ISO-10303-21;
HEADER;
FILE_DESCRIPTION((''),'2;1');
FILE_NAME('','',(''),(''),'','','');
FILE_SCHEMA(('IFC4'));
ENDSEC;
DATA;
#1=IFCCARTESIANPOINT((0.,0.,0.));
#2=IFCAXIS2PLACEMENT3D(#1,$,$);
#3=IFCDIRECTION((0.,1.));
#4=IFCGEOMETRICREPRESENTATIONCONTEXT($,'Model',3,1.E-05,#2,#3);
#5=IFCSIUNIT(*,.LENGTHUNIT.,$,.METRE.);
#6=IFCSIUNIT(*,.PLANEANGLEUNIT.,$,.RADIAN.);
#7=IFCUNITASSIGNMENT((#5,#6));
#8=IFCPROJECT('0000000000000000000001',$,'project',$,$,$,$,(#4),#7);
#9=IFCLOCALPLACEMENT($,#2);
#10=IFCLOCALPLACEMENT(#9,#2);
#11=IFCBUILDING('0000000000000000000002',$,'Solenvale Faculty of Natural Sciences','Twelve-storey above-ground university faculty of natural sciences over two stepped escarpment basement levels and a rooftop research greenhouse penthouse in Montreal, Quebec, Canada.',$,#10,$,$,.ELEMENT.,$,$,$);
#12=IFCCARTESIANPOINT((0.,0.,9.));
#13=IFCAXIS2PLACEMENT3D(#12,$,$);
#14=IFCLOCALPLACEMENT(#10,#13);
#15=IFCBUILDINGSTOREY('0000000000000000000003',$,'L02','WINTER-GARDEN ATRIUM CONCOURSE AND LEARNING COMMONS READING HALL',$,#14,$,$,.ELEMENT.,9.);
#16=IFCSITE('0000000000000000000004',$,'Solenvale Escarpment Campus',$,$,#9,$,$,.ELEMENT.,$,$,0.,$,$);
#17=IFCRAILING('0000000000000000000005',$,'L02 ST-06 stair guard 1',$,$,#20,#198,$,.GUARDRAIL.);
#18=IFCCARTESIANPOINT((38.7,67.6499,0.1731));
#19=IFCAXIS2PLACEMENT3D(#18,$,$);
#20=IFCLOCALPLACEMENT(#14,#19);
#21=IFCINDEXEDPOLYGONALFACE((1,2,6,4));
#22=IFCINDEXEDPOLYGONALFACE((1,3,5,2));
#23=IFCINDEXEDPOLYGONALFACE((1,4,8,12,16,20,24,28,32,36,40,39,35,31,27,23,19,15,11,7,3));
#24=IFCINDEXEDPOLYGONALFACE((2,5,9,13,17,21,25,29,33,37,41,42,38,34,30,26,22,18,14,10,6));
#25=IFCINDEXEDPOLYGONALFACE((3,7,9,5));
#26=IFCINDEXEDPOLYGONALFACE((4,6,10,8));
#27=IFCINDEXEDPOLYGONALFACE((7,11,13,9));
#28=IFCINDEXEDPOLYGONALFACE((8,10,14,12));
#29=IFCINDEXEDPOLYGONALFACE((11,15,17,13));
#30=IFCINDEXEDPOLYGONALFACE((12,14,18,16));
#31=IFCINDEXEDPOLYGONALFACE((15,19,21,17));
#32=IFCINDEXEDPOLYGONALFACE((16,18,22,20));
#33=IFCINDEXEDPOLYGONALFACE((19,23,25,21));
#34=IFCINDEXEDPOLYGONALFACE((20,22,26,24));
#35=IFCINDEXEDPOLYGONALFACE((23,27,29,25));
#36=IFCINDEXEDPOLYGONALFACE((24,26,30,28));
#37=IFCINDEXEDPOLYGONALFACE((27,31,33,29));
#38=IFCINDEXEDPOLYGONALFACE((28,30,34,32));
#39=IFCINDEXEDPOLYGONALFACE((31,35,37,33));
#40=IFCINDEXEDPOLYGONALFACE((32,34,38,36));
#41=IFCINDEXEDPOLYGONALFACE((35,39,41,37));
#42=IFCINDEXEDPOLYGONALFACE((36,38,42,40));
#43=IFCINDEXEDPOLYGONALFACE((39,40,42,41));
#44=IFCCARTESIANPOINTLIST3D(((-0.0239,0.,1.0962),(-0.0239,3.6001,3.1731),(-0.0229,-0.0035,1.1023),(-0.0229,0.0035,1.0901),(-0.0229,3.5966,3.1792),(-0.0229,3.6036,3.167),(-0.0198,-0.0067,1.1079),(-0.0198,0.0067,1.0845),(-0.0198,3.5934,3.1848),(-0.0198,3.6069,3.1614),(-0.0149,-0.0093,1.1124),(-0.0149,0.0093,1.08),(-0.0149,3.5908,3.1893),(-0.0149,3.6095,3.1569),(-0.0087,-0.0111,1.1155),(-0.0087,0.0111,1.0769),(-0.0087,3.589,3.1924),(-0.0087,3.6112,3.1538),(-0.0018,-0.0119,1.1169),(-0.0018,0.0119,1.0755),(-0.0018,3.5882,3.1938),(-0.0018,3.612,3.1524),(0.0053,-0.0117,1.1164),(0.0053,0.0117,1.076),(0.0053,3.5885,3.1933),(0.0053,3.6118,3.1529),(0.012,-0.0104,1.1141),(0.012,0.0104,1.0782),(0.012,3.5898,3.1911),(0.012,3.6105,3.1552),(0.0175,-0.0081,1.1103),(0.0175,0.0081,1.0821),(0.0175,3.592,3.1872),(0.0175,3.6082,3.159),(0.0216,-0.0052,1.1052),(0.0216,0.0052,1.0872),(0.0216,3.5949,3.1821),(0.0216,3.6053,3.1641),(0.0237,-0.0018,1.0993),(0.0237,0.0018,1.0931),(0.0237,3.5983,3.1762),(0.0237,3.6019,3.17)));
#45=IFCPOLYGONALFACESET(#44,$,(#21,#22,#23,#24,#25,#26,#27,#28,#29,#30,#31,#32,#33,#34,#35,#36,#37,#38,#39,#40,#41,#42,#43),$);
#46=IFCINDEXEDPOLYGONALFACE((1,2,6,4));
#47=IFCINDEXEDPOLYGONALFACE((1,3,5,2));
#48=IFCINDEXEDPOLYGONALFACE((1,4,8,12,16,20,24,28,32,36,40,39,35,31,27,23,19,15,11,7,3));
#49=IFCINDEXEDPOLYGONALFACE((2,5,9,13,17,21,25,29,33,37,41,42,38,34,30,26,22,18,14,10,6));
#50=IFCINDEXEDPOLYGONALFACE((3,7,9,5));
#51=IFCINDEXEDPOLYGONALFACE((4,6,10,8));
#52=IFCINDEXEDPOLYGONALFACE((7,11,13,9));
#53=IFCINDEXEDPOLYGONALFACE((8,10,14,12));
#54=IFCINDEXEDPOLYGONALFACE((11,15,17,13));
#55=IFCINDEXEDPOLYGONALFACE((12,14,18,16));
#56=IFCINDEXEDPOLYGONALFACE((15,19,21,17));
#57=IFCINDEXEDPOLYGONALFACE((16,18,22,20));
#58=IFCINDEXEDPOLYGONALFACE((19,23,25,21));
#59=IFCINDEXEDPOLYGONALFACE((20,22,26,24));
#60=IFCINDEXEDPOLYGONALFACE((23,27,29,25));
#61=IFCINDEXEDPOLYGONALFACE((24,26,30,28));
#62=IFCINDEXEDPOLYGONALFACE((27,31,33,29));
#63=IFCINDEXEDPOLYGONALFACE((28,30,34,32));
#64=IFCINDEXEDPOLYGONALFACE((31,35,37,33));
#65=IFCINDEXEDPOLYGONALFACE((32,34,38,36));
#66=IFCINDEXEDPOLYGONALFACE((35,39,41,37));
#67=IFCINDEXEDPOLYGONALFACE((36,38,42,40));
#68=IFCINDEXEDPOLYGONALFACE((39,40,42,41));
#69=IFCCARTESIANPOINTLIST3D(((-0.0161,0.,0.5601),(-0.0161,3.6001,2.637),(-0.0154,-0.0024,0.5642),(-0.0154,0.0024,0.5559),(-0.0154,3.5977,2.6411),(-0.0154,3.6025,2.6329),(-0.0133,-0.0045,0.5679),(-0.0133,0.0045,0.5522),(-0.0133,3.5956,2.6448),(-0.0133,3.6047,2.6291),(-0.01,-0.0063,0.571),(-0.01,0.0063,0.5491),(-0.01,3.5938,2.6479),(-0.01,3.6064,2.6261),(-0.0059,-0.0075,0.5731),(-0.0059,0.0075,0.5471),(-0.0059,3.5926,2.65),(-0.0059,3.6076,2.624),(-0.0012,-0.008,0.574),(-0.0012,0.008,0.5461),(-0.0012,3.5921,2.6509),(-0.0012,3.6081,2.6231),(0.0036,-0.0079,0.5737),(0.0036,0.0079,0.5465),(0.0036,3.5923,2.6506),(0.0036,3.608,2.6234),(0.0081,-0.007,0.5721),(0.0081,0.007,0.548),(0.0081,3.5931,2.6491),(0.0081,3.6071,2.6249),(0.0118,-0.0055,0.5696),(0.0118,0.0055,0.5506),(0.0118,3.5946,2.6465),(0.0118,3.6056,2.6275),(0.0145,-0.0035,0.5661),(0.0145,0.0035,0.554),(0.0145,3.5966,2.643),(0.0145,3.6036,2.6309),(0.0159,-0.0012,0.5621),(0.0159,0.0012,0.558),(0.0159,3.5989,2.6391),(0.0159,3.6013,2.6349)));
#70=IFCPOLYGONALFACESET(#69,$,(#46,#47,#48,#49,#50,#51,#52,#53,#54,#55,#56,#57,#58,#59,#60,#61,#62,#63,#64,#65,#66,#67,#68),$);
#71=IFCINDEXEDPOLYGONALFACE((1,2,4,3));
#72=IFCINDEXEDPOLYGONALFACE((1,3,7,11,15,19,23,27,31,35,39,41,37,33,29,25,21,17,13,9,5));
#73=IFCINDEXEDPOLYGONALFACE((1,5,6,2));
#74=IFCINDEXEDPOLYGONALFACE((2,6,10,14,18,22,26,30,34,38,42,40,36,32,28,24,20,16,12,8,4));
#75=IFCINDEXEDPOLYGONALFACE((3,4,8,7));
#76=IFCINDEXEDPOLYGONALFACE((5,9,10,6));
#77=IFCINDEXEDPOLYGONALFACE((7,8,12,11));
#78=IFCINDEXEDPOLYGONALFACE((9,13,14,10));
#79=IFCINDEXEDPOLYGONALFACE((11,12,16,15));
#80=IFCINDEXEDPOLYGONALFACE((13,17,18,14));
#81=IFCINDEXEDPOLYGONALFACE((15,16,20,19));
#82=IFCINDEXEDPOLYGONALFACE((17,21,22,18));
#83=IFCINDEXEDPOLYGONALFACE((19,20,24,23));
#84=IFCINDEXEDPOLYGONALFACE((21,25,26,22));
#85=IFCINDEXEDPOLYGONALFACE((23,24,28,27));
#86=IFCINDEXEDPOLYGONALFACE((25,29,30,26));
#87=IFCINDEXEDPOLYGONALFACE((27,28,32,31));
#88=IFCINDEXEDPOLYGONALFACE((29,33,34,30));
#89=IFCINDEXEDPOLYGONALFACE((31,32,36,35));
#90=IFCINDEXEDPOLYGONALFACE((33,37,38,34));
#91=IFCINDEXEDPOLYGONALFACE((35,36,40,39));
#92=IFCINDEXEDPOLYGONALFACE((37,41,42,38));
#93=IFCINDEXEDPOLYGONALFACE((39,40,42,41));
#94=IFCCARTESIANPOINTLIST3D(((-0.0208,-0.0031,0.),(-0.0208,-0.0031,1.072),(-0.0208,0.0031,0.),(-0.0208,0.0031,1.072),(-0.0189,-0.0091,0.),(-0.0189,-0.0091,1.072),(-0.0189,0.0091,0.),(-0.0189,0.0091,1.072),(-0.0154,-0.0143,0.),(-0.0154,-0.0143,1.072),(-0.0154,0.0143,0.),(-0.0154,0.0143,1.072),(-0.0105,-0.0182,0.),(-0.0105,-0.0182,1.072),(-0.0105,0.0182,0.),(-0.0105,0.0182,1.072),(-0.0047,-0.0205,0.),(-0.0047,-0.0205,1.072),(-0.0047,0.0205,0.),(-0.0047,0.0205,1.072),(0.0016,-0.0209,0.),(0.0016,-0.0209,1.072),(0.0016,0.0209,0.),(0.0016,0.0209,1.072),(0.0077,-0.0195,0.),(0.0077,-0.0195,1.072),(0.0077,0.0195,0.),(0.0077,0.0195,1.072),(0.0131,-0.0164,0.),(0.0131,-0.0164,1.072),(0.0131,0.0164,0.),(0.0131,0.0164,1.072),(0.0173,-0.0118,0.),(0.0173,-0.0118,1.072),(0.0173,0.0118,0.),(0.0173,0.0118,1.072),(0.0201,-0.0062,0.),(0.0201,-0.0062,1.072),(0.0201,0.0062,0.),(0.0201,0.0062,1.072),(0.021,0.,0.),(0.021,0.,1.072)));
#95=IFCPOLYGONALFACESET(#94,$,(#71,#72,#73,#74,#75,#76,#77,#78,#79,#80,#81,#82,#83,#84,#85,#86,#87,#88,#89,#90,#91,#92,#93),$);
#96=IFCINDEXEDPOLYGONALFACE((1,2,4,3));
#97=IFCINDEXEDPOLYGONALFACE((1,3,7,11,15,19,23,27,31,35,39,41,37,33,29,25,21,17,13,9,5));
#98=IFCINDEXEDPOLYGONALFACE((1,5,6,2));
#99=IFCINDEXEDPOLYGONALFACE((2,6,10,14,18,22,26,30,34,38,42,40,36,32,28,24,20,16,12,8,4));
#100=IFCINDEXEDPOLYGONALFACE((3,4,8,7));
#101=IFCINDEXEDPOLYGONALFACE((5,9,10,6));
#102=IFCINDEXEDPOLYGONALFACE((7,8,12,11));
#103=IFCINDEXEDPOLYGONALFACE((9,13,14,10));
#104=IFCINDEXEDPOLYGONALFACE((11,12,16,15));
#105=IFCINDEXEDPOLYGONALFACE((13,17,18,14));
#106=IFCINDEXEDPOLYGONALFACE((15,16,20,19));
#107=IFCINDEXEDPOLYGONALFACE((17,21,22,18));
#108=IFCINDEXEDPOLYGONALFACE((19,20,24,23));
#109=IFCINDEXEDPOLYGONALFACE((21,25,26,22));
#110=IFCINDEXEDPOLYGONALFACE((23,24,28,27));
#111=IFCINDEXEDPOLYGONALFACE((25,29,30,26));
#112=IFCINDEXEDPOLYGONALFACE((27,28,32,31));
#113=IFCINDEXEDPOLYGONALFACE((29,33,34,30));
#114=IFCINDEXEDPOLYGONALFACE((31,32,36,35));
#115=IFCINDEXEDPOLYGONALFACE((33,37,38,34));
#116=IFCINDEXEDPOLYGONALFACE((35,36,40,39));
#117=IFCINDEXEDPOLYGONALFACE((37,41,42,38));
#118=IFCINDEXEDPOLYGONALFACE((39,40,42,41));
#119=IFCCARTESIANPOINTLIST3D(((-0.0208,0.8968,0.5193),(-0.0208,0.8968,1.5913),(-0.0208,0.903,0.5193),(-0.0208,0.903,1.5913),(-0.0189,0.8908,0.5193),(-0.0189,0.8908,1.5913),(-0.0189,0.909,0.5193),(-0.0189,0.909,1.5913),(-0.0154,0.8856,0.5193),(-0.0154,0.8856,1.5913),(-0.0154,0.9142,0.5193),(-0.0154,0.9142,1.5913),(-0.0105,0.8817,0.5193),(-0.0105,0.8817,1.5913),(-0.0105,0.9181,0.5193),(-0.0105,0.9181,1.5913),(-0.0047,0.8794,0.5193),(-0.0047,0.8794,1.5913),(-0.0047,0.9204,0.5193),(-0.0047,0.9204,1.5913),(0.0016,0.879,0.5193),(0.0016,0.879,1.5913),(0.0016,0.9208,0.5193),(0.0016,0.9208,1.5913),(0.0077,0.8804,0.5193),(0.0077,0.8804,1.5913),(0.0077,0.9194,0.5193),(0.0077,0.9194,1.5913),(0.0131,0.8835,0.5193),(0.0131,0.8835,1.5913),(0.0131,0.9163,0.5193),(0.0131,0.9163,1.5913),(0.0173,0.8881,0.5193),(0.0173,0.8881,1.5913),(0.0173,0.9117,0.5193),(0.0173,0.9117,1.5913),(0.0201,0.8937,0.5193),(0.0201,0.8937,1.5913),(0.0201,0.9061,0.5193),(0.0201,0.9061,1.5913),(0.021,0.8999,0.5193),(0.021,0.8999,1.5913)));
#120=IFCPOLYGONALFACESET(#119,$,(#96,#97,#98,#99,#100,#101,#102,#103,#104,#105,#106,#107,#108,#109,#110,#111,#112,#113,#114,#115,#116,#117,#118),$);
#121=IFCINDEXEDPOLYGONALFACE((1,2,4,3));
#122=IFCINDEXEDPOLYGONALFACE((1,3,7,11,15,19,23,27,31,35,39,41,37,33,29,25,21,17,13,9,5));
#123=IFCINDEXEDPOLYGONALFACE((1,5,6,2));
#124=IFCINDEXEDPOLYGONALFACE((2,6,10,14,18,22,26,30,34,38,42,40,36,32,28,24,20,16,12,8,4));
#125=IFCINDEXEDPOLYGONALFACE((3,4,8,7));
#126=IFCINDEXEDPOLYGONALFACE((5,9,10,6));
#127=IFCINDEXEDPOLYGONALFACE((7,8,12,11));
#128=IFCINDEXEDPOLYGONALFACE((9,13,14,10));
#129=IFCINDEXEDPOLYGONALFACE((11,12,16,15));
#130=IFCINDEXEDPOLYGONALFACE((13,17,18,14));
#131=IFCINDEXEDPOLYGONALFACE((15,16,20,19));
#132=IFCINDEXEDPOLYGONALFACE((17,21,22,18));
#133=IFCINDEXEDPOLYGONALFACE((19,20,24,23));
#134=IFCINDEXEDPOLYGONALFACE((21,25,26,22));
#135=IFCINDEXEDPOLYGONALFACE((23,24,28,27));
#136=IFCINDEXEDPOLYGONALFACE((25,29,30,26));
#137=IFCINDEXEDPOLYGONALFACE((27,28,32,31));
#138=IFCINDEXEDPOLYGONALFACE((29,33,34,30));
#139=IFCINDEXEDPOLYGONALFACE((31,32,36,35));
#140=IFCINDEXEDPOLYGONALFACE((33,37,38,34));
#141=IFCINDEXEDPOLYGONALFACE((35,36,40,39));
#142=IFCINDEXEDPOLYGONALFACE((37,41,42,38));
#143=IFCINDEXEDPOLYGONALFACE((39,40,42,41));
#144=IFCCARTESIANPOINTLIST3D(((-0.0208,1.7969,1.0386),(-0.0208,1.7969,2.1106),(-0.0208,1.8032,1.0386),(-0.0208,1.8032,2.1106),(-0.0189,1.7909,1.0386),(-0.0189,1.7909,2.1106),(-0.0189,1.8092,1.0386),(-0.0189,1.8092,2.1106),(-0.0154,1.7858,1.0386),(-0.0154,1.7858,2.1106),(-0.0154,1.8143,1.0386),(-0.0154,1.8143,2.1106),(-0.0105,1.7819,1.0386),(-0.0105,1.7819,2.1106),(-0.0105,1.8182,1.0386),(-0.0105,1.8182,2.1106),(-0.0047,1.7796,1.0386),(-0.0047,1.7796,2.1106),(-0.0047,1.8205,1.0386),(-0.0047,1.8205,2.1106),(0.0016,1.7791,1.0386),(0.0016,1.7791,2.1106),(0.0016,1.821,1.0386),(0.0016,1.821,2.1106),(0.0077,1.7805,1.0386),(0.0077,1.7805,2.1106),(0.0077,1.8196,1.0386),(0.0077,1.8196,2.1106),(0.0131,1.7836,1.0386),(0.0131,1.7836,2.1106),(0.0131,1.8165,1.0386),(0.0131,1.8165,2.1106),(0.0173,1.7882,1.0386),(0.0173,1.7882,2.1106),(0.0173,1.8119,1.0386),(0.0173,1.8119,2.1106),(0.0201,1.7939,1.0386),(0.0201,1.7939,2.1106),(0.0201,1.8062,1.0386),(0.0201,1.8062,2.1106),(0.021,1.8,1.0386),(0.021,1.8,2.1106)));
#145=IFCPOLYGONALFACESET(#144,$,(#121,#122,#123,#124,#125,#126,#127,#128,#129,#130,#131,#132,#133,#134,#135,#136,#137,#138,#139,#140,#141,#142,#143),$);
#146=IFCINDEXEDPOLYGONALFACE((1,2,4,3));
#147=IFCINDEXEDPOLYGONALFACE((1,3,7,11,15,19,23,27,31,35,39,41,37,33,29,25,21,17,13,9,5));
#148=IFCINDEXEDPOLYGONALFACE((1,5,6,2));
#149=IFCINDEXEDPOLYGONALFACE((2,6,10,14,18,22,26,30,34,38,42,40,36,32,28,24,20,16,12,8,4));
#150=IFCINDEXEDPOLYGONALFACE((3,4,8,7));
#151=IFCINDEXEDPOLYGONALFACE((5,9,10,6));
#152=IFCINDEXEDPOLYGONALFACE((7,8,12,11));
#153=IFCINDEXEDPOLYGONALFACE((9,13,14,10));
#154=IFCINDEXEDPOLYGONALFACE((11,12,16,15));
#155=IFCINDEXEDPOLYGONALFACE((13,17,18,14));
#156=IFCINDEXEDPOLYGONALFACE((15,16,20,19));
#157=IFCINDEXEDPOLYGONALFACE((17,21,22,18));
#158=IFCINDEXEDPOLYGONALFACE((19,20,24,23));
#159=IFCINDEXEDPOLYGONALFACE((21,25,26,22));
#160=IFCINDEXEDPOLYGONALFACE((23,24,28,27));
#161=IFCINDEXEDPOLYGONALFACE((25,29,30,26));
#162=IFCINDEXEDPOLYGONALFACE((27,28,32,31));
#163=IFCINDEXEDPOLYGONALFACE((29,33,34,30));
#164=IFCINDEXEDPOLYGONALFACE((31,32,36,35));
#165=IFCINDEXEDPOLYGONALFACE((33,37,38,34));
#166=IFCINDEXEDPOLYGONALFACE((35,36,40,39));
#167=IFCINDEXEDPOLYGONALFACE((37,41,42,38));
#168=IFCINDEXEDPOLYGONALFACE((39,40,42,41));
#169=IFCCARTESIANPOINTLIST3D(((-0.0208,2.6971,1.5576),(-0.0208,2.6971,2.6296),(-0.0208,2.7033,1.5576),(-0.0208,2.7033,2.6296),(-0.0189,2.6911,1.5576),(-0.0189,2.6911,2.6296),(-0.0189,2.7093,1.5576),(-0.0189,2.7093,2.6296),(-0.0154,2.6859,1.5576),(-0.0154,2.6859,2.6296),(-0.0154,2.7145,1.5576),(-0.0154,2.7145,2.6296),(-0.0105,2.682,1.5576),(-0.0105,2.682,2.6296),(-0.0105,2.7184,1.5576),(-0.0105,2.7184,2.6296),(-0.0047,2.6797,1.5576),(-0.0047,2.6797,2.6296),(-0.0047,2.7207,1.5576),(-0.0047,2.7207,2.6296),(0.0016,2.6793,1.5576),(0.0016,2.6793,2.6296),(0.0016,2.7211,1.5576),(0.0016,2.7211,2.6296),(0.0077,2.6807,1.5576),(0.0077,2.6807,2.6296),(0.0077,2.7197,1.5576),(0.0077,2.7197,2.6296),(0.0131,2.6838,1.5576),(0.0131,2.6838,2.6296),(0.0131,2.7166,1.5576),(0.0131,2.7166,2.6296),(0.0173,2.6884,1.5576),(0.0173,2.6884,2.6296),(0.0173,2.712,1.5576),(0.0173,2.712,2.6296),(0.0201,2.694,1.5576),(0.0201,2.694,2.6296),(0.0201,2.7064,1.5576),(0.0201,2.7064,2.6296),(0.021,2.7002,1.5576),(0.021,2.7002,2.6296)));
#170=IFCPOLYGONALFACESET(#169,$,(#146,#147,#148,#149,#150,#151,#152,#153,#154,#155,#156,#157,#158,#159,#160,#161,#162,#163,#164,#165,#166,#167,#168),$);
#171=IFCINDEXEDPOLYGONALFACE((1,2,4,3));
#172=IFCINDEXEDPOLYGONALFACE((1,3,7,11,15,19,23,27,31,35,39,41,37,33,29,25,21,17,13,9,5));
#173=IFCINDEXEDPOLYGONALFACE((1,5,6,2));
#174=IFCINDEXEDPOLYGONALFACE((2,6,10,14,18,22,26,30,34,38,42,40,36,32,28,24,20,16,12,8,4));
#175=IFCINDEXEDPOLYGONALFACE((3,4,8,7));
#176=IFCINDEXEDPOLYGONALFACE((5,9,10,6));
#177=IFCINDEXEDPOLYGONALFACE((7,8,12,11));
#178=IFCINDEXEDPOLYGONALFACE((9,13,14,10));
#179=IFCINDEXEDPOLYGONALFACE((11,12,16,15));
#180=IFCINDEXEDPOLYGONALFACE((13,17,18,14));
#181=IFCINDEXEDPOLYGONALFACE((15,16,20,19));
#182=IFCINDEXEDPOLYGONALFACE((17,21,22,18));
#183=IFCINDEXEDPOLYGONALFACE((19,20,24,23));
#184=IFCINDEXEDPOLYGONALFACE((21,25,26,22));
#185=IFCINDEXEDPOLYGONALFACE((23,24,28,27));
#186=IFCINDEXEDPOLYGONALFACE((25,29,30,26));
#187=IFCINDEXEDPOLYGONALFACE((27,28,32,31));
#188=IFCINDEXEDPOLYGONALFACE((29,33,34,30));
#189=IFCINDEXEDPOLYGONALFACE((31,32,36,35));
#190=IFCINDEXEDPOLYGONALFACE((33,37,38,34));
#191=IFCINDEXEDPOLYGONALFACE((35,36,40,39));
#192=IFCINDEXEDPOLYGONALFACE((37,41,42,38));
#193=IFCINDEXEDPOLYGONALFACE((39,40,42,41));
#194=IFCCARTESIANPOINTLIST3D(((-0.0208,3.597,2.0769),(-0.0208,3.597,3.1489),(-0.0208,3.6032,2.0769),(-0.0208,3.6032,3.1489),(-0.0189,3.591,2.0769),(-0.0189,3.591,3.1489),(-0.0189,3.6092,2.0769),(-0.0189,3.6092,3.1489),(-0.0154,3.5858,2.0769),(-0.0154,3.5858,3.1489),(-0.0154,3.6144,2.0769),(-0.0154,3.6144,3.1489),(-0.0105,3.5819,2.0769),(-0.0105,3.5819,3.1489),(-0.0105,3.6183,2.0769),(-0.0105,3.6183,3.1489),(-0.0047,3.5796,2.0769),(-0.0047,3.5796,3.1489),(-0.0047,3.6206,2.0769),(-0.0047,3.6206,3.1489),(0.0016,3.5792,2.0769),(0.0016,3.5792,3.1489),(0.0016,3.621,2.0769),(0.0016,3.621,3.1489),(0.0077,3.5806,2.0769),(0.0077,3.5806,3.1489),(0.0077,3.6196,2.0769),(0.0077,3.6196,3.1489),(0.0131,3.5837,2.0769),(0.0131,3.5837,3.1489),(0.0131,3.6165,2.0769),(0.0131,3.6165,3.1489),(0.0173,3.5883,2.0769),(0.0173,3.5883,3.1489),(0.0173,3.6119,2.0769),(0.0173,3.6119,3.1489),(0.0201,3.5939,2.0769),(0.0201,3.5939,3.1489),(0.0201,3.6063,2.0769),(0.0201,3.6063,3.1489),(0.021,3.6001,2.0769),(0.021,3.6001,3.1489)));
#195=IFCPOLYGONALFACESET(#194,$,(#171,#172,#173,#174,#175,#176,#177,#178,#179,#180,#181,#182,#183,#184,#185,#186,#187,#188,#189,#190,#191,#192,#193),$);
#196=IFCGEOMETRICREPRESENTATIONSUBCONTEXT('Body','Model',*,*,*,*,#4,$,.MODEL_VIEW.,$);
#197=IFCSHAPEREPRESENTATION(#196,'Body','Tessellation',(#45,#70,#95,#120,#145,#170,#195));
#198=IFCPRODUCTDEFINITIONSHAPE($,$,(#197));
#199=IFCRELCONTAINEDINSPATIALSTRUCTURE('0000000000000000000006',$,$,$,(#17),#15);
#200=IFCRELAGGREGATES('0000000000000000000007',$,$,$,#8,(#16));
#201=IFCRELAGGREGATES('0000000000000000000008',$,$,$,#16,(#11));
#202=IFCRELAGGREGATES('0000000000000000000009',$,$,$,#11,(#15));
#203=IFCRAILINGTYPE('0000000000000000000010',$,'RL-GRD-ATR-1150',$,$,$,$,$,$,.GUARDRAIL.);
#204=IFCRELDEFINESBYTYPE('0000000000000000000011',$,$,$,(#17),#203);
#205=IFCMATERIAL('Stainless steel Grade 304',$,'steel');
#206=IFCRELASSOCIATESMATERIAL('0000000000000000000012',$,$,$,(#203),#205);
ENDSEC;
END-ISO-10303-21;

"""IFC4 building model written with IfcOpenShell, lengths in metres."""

from ifc_helpers import new_model, si_unit, direction, frame, origin, origin_2d, place, context, subcontext, project, spatial, circle, extrude, material, type_object, element, save


model = new_model("IFC4")

# Units and contexts
model_context = context("Model", 3, precision=1e-05, world=origin(), true_north=direction((0.0, 1.0)))
body_context = subcontext(model_context, "Body", "Model", "MODEL_VIEW")
ifc_project = project(units=[si_unit("LENGTHUNIT", "METRE"), si_unit("PLANEANGLEUNIT", "RADIAN")], contexts=[model_context])

# Site, building, storey
site_placement = place(None, origin())
site = spatial("IfcSite", under=ifc_project, at=site_placement, Name="Solenvale Escarpment Campus", CompositionType="ELEMENT", RefElevation=0.0)
building_placement = place(site_placement, origin())
building = spatial("IfcBuilding", under=site, at=building_placement, Name="Solenvale Faculty of Natural Sciences", Description="Twelve-storey above-ground university faculty of natural sciences over two stepped escarpment basement levels and a rooftop research greenhouse penthouse in Montreal, Quebec, Canada.", CompositionType="ELEMENT")
storey_placement = place(building_placement, frame((0.0, 0.0, 9.0)))
storey = spatial("IfcBuildingStorey", under=building, at=storey_placement, Name="L02", Description="WINTER-GARDEN ATRIUM CONCOURSE AND LEARNING COMMONS READING HALL", CompositionType="ELEMENT", Elevation=9.0)

# Railing
ifc_material_1 = material(Name="Stainless steel Grade 304", Category="steel")
railing_type_1 = type_object("IfcRailingType", Name="RL-GRD-ATR-1150", PredefinedType="GUARDRAIL", material=ifc_material_1)
railing_1_placement = place(storey_placement, frame((38.7, 67.6499, 0.1731)))
element("IfcRailing", 1, at=railing_1_placement, inside=storey, type_object=railing_type_1, Name="L02 ST-06 stair guard 1", PredefinedType="GUARDRAIL", context=body_context, shape_type="SweptSolid", body=[
    extrude(circle(Radius=0.0239, at=origin_2d()), frame((0.0, 0.0, 1.0962), z_axis=(0.0, 0.866193, 0.499709), x_axis=(-1.0, 0.0, 0.0)), (0.0, 0.0, 1.0), 4.1562),
    extrude(circle(Radius=0.0161, at=origin_2d()), frame((0.0, 0.0, 0.5601), z_axis=(0.0, 0.866193, 0.499709), x_axis=(-1.0, 0.0, 0.0)), (0.0, 0.0, 1.0), 4.1562),
    extrude(circle(Radius=0.021, at=origin_2d()), origin(), (0.0, 0.0, 1.0), 1.072),
    extrude(circle(Radius=0.021, at=origin_2d()), frame((0.0, 0.8999, 0.5193)), (0.0, 0.0, 1.0), 1.072),
    extrude(circle(Radius=0.021, at=origin_2d()), frame((0.0, 1.8, 1.0386)), (0.0, 0.0, 1.0), 1.072),
    extrude(circle(Radius=0.021, at=origin_2d()), frame((0.0, 2.7002, 1.5576)), (0.0, 0.0, 1.0), 1.072),
    extrude(circle(Radius=0.021, at=origin_2d()), frame((0.0, 3.6001, 2.0769)), (0.0, 0.0, 1.0), 1.072),
])

save(model, "model.ifc")
